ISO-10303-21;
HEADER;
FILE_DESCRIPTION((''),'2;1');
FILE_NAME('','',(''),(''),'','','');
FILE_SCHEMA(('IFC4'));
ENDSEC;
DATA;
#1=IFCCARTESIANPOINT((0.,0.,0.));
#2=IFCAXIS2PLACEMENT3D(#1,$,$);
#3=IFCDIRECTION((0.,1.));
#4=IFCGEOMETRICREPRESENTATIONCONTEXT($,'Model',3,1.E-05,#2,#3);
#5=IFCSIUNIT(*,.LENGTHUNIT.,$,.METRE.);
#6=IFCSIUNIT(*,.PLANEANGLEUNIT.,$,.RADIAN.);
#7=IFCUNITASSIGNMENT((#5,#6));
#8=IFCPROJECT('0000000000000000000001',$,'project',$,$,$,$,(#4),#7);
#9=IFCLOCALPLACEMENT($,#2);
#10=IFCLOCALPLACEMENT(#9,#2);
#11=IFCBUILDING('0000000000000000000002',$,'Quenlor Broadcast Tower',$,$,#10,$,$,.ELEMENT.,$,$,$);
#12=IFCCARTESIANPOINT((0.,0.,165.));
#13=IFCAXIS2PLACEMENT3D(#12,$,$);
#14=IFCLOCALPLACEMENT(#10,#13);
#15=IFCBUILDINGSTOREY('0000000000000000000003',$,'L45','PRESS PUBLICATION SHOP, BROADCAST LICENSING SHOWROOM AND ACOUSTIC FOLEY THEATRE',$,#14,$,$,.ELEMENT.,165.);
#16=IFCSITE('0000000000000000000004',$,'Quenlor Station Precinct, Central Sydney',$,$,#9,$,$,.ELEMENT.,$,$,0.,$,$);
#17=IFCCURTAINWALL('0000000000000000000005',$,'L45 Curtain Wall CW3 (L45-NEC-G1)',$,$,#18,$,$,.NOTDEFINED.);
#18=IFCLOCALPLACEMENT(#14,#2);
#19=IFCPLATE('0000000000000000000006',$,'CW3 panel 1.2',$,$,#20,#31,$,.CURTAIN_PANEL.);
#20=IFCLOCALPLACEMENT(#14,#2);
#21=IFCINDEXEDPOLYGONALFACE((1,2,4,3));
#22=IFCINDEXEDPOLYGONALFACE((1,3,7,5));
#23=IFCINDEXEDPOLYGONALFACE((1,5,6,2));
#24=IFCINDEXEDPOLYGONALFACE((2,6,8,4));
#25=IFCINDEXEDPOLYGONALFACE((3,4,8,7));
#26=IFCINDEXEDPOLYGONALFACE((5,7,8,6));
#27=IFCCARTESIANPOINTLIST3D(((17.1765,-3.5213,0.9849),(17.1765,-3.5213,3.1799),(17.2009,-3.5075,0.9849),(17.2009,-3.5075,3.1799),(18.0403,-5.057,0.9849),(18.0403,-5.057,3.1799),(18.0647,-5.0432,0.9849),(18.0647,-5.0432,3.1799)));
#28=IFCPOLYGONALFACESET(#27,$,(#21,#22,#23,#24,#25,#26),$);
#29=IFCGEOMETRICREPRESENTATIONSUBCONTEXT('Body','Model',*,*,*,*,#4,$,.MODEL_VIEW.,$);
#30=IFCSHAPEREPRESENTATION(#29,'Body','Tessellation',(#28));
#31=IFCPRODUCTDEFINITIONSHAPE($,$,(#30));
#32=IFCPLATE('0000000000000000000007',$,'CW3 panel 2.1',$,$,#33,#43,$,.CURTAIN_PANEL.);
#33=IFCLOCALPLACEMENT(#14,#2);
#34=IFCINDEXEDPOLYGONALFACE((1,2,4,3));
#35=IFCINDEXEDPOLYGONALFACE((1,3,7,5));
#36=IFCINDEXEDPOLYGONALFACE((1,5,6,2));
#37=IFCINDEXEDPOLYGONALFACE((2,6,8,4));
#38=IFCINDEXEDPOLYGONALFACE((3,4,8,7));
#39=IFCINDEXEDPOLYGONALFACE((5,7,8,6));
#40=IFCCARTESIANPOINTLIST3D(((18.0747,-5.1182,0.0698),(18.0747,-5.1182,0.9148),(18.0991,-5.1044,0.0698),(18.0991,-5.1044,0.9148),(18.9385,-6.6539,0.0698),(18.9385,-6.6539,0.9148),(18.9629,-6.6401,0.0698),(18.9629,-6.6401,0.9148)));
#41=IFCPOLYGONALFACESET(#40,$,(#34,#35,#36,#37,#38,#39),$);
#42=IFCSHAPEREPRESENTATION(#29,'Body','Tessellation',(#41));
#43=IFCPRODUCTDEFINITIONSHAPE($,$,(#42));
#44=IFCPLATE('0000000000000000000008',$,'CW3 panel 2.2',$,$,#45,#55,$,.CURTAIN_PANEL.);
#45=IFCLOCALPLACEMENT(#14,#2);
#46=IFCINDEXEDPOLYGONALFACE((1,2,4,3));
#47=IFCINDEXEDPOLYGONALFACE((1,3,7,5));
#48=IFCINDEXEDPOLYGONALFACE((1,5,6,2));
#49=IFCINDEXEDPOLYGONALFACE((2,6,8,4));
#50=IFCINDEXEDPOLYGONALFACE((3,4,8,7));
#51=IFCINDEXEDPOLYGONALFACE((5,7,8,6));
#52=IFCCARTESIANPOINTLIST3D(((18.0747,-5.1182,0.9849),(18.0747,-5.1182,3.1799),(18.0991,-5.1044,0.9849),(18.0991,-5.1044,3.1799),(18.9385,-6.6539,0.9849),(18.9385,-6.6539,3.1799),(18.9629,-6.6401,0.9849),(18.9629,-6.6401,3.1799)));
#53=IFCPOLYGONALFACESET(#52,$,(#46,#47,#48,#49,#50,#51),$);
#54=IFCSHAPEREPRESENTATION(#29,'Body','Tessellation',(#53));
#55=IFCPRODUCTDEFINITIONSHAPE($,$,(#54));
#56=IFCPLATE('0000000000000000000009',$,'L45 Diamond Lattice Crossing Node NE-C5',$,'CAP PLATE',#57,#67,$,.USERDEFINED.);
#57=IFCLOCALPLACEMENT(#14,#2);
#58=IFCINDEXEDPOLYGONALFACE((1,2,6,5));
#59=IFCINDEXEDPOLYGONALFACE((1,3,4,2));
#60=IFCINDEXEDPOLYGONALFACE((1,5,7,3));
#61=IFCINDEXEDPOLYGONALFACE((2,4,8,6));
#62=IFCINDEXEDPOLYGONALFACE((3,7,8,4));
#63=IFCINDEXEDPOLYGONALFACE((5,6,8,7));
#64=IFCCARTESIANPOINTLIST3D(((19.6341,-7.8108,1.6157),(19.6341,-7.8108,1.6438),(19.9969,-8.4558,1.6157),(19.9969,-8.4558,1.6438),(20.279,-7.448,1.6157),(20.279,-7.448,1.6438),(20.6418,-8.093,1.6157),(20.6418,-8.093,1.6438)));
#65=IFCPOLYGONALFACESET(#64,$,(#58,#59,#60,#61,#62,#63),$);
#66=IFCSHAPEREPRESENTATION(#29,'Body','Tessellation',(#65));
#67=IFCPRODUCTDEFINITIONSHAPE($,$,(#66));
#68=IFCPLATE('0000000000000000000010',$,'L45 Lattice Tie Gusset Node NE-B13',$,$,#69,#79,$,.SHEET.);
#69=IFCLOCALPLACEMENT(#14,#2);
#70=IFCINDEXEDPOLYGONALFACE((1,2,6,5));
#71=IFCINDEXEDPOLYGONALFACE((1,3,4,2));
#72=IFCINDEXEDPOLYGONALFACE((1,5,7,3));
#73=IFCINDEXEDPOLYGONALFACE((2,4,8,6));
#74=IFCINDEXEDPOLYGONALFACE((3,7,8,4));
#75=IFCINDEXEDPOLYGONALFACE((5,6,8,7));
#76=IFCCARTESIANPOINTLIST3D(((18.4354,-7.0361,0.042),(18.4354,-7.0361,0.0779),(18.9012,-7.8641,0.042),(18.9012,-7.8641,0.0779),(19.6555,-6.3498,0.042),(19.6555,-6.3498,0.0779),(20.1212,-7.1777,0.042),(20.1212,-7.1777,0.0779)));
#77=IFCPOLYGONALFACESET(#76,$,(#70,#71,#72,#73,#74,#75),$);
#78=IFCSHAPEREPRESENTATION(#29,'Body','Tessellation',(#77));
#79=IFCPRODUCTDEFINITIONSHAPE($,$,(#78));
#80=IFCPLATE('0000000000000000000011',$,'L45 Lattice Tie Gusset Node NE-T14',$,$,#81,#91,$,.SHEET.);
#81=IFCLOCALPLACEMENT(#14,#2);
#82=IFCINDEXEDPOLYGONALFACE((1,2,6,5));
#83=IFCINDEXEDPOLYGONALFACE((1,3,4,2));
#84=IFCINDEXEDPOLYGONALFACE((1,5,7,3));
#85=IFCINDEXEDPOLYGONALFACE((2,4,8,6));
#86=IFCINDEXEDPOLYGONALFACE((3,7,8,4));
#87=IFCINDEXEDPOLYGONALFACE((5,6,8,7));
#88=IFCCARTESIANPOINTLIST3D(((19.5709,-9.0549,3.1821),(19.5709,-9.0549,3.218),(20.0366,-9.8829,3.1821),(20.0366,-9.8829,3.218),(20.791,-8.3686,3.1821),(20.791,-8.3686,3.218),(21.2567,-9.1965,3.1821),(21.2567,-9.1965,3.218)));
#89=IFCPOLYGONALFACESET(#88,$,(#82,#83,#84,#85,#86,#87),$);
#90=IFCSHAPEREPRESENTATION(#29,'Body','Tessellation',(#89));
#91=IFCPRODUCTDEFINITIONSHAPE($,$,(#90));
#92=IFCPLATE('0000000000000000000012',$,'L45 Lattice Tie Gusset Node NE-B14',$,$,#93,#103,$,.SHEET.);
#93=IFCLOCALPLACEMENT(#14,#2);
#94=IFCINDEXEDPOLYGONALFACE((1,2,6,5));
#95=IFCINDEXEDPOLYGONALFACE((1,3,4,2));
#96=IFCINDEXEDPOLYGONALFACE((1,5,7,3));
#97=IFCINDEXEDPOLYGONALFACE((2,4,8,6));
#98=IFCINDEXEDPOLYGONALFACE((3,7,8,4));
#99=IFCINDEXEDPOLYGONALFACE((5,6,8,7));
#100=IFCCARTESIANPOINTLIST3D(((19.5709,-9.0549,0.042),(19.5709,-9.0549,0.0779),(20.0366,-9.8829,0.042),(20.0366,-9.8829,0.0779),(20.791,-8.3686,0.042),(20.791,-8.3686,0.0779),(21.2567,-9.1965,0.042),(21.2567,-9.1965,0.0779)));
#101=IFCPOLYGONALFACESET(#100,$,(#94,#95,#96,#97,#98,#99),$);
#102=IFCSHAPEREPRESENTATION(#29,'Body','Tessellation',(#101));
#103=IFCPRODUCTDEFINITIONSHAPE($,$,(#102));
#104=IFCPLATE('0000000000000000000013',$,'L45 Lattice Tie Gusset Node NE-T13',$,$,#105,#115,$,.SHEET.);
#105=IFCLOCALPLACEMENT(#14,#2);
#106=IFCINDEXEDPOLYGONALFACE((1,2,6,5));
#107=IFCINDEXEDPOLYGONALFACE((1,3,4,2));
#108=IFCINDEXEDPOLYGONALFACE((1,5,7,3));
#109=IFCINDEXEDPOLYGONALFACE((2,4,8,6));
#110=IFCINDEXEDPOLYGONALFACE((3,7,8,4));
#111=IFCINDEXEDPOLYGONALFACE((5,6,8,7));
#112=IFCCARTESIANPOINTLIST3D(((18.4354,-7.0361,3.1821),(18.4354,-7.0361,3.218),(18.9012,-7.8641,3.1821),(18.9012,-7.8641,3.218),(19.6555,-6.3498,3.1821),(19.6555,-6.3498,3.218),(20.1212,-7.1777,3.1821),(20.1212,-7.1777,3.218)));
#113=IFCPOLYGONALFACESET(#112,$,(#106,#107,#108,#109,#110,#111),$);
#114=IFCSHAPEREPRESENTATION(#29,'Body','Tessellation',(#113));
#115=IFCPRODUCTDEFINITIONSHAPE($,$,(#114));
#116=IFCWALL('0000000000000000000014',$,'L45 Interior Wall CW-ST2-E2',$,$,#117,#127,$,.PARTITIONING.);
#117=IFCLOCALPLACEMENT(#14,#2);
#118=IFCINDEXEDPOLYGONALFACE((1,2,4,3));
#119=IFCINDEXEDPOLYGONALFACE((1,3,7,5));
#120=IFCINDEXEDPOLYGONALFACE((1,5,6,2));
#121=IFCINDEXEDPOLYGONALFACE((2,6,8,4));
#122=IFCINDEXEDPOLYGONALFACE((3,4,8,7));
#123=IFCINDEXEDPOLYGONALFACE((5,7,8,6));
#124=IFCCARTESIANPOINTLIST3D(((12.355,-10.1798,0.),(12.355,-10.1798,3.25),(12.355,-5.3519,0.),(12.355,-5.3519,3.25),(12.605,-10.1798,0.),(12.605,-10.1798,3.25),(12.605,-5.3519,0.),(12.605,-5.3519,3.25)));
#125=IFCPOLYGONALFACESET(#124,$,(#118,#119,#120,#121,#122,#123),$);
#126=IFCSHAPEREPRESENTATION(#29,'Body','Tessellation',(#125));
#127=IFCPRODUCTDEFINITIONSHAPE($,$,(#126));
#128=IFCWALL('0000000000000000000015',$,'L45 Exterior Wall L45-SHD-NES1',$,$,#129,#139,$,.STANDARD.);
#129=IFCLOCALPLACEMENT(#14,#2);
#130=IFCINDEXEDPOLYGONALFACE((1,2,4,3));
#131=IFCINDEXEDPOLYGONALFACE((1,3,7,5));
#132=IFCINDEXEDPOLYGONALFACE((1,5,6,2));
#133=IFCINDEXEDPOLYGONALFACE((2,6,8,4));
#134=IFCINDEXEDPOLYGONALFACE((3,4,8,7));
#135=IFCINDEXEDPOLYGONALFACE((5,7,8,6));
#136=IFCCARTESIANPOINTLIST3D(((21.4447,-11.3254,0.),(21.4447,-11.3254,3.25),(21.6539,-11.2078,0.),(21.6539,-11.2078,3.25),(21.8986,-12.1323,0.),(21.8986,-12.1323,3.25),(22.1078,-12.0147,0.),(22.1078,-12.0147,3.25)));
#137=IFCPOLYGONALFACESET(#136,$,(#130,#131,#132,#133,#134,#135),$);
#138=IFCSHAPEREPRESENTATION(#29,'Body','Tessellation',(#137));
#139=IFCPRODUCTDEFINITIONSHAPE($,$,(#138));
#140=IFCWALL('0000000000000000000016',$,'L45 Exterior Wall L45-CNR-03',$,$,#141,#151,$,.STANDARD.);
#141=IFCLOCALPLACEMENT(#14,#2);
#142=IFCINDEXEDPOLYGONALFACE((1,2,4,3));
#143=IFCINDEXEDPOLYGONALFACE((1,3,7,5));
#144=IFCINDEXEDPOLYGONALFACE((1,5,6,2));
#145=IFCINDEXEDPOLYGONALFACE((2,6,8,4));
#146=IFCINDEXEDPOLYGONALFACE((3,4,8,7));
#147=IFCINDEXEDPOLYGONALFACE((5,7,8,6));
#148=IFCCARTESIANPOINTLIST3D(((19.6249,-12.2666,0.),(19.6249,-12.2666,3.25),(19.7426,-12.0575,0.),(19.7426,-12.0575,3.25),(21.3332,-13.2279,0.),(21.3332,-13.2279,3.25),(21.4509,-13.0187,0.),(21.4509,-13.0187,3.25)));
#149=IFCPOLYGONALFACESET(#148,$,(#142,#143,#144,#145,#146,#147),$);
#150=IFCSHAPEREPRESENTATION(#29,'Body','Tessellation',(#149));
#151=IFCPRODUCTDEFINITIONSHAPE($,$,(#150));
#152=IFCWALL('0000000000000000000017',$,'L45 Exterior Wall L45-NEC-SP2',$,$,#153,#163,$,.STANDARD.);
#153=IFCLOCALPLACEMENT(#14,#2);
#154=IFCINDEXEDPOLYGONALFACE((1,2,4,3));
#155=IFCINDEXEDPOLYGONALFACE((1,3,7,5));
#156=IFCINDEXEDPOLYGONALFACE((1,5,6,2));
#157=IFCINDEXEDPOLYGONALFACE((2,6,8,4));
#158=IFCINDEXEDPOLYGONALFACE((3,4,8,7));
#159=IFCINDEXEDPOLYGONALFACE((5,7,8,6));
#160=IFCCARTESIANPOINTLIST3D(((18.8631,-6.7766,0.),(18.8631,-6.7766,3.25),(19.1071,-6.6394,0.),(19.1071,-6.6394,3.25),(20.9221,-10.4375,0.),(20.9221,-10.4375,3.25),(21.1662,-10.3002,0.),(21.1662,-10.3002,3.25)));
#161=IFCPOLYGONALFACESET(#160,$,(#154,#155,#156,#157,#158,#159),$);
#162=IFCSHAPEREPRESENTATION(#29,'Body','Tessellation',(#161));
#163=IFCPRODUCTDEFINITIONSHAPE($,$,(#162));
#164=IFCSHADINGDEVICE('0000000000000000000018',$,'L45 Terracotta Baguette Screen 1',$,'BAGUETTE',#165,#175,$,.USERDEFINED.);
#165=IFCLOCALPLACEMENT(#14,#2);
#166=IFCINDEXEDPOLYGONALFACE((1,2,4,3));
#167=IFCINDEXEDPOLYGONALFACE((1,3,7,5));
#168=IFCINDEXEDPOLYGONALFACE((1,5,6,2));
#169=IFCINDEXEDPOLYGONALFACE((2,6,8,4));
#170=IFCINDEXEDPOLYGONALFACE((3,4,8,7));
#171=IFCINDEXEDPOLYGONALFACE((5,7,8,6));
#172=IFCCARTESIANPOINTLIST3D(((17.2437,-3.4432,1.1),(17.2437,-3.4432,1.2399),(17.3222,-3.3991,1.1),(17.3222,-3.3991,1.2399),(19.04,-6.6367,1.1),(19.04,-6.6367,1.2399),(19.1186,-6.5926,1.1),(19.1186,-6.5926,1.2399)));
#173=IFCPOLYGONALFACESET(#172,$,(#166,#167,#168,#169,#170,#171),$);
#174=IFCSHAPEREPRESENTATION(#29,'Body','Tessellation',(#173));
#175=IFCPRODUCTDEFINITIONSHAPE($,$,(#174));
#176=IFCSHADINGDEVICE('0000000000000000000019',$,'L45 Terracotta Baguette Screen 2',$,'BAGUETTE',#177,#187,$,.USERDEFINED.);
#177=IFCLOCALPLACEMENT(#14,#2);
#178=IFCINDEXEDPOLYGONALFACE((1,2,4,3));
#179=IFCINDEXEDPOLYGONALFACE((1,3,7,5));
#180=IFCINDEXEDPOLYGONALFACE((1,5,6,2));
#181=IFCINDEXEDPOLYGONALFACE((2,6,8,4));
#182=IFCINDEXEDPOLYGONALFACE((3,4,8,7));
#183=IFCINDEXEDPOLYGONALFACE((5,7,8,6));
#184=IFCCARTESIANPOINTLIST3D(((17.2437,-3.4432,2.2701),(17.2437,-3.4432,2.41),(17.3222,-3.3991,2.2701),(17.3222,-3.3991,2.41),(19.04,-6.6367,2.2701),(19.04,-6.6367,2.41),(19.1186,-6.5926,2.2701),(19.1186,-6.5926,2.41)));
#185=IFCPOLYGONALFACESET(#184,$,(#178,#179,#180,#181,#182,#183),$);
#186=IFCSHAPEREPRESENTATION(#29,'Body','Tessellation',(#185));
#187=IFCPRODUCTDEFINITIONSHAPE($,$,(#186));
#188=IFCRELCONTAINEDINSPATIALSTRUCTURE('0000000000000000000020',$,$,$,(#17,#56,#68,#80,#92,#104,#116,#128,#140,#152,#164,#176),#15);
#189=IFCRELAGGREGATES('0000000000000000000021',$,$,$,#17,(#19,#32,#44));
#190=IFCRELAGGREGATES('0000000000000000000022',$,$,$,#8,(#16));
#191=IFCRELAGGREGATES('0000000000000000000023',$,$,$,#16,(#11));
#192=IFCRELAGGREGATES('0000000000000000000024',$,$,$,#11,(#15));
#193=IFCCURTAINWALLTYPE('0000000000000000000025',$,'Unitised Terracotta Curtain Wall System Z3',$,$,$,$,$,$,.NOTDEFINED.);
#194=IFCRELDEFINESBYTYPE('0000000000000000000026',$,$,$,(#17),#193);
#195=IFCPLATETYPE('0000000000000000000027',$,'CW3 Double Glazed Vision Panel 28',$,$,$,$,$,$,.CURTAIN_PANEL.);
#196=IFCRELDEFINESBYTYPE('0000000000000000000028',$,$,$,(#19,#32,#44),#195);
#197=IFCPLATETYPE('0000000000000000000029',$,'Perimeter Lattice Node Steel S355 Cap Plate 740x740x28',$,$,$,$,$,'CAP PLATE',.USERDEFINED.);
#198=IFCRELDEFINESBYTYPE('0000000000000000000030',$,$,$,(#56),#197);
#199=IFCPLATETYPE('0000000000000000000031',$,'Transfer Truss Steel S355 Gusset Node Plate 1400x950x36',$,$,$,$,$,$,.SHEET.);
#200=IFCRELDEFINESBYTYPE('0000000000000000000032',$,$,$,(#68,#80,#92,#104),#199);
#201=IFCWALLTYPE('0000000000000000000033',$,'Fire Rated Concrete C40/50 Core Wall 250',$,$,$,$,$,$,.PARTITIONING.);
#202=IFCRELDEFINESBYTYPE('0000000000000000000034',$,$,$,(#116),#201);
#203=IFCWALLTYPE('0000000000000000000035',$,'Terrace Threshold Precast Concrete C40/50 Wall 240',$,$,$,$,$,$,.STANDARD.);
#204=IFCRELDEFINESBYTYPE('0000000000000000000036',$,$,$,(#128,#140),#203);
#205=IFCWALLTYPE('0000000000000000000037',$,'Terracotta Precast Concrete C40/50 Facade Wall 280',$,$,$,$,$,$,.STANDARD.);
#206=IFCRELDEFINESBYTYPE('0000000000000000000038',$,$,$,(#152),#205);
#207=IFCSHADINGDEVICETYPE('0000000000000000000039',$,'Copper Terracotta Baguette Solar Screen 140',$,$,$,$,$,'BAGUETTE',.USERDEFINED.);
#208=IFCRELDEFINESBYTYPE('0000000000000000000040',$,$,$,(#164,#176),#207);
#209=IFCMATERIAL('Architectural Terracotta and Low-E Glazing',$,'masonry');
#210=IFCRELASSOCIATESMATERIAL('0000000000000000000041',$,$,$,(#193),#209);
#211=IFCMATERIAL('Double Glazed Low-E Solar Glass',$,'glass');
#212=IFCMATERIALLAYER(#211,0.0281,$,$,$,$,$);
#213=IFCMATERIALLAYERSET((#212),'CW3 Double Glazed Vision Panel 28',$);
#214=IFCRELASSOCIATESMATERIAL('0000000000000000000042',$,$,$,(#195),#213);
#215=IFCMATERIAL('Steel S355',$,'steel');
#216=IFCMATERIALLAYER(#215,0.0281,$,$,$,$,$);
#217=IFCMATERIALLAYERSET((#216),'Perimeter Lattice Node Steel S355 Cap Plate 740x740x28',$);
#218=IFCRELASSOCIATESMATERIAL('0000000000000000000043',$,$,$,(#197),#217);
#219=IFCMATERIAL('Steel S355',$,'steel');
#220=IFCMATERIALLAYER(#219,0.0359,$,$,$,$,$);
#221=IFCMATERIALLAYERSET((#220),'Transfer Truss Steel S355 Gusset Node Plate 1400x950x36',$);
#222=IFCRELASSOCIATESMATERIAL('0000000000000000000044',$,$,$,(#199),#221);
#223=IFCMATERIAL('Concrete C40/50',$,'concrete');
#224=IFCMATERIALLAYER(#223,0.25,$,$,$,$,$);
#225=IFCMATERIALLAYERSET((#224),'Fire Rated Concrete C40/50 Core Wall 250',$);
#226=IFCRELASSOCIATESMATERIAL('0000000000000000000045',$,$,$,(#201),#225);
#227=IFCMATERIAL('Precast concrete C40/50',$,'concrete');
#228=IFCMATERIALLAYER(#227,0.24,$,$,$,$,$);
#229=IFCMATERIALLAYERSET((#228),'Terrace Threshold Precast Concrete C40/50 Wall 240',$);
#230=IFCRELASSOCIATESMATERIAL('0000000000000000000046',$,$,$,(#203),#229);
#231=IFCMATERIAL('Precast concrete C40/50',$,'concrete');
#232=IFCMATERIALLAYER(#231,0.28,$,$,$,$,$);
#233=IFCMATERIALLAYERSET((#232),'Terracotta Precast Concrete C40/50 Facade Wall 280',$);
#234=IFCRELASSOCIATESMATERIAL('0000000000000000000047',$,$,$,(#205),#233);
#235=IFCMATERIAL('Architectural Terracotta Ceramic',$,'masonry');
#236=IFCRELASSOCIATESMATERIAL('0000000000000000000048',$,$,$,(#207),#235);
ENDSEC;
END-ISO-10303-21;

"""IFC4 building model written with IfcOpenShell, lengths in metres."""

from ifc_helpers import new_model, si_unit, direction, frame, frame_2d, origin, origin_2d, place, context, subcontext, project, spatial, rectangle, extrude, material, layer, layer_set, material_profile, profile_set, type_object, element, aggregate, save


model = new_model("IFC4")

# Units and contexts
model_context = context("Model", 3, precision=1e-05, world=origin(), true_north=direction((0.0, 1.0)))
body_context = subcontext(model_context, "Body", "Model", "MODEL_VIEW")
ifc_project = project(units=[si_unit("LENGTHUNIT", "METRE"), si_unit("PLANEANGLEUNIT", "RADIAN")], contexts=[model_context])

# Site, building, storey
site_placement = place(None, origin())
site = spatial("IfcSite", under=ifc_project, at=site_placement, Name="Quenlor Station Precinct, Central Sydney", CompositionType="ELEMENT", RefElevation=0.0)
building_placement = place(site_placement, origin())
building = spatial("IfcBuilding", under=site, at=building_placement, Name="Quenlor Broadcast Tower", CompositionType="ELEMENT")
storey_placement = place(building_placement, frame((0.0, 0.0, 165.0)))
storey = spatial("IfcBuildingStorey", under=building, at=storey_placement, Name="L45", Description="PRESS PUBLICATION SHOP, BROADCAST LICENSING SHOWROOM AND ACOUSTIC FOLEY THEATRE", CompositionType="ELEMENT", Elevation=165.0)

# Curtain wall
ifc_material_1 = material(Name="Architectural Terracotta and Low-E Glazing", Category="masonry")
curtain_wall_type = type_object("IfcCurtainWallType", Name="Unitised Terracotta Curtain Wall System Z3", PredefinedType="NOTDEFINED", material=ifc_material_1)
curtain_wall_placement = place(storey_placement, origin())
curtain_wall = element("IfcCurtainWall", 1, at=curtain_wall_placement, inside=storey, type_object=curtain_wall_type, Name="L45 Curtain Wall CW3 (L45-NEC-G1)", PredefinedType="NOTDEFINED")

# Plates
ifc_material_2 = material(Name="Double Glazed Low-E Solar Glass", Category="glass")
ifc_layer_1 = layer(ifc_material_2, 0.0281)
ifc_layer_set_1 = layer_set([ifc_layer_1], Name="CW3 Double Glazed Vision Panel 28")
plate_type_1 = type_object("IfcPlateType", Name="CW3 Double Glazed Vision Panel 28", PredefinedType="CURTAIN_PANEL", material=ifc_layer_set_1)
plate_1_placement = place(storey_placement, frame((17.6206, -4.2822, 0.9849), z_axis=(0.0, 0.0, 1.0), x_axis=(0.490259, -0.871577, 0.0)))
plate_1 = element("IfcPlate", 2, at=plate_1_placement, type_object=plate_type_1, Name="CW3 panel 1.2", PredefinedType="CURTAIN_PANEL", context=body_context, shape_type="SweptSolid", body=[
    extrude(rectangle(XDim=1.762, YDim=0.0281, at=origin_2d()), origin(), (0.0, 0.0, 1.0), 2.1951),
])
plate_2_placement = place(storey_placement, frame((18.5188, -5.8792, 0.0698), z_axis=(0.0, 0.0, 1.0), x_axis=(0.490259, -0.871577, 0.0)))
plate_2 = element("IfcPlate", 3, at=plate_2_placement, type_object=plate_type_1, Name="CW3 panel 2.1", PredefinedType="CURTAIN_PANEL", context=body_context, shape_type="SweptSolid", body=[
    extrude(rectangle(XDim=1.762, YDim=0.0281, at=origin_2d()), origin(), (0.0, 0.0, 1.0), 0.845),
])
plate_3_placement = place(storey_placement, frame((18.5188, -5.8792, 0.9849), z_axis=(0.0, 0.0, 1.0), x_axis=(0.490259, -0.871577, 0.0)))
plate_3 = element("IfcPlate", 4, at=plate_3_placement, type_object=plate_type_1, Name="CW3 panel 2.2", PredefinedType="CURTAIN_PANEL", context=body_context, shape_type="SweptSolid", body=[
    extrude(rectangle(XDim=1.762, YDim=0.0281, at=origin_2d()), origin(), (0.0, 0.0, 1.0), 2.1951),
])
aggregate(curtain_wall, [plate_1, plate_2, plate_3])

# Plates
ifc_material_3 = material(Name="Steel S355", Category="steel")
ifc_layer_2 = layer(ifc_material_3, 0.0281)
ifc_layer_set_2 = layer_set([ifc_layer_2], Name="Perimeter Lattice Node Steel S355 Cap Plate 740x740x28")
plate_type_2 = type_object("IfcPlateType", Name="Perimeter Lattice Node Steel S355 Cap Plate 740x740x28", ElementType="CAP PLATE", PredefinedType="USERDEFINED", material=ifc_layer_set_2)
plate_4_placement = place(storey_placement, frame((20.1379, -7.9519, 1.6157), z_axis=(0.0, 0.0, 1.0), x_axis=(0.490295, -0.871556, 0.0)))
element("IfcPlate", 5, at=plate_4_placement, inside=storey, type_object=plate_type_2, Name="L45 Diamond Lattice Crossing Node NE-C5", ObjectType="CAP PLATE", PredefinedType="USERDEFINED", context=body_context, shape_type="SweptSolid", body=[
    extrude(rectangle(XDim=0.74, YDim=0.74, at=origin_2d()), origin(), (0.0, 0.0, 1.0), 0.0281),
])
ifc_material_4 = material(Name="Steel S355", Category="steel")
ifc_layer_3 = layer(ifc_material_4, 0.0359)
ifc_layer_set_3 = layer_set([ifc_layer_3], Name="Transfer Truss Steel S355 Gusset Node Plate 1400x950x36")
plate_type_3 = type_object("IfcPlateType", Name="Transfer Truss Steel S355 Gusset Node Plate 1400x950x36", PredefinedType="SHEET", material=ifc_layer_set_3)
for number, where, z_axis, x_axis, name in (
    (6, (19.2783, -7.1069, 0.042), (0.0, 0.0, 1.0), (0.871556, 0.490295, 0.0), "L45 Lattice Tie Gusset Node NE-B13"),
    (7, (20.4138, -9.1257, 3.1821), (0.0, 0.0, 1.0), (0.871556, 0.490295, 0.0), "L45 Lattice Tie Gusset Node NE-T14"),
    (8, (20.4138, -9.1257, 0.042), (0.0, 0.0, 1.0), (0.871556, 0.490295, 0.0), "L45 Lattice Tie Gusset Node NE-B14"),
    (9, (19.2783, -7.1069, 3.1821), (0.0, 0.0, 1.0), (0.871556, 0.490295, 0.0), "L45 Lattice Tie Gusset Node NE-T13"),
):
    element("IfcPlate", number, at=place(storey_placement, frame(where, z_axis=z_axis, x_axis=x_axis)), inside=storey, type_object=plate_type_3, Name=name, PredefinedType="SHEET", context=body_context, shape_type="SweptSolid", body=[
        extrude(rectangle(XDim=1.3999, YDim=0.95, at=origin_2d()), origin(), (0.0, 0.0, 1.0), 0.0359),
    ])

# Walls
ifc_material_5 = material(Name="Concrete C40/50", Category="concrete")
ifc_layer_4 = layer(ifc_material_5, 0.25)
ifc_layer_set_4 = layer_set([ifc_layer_4], Name="Fire Rated Concrete C40/50 Core Wall 250")
wall_type_1 = type_object("IfcWallType", Name="Fire Rated Concrete C40/50 Core Wall 250", PredefinedType="PARTITIONING", material=ifc_layer_set_4)
wall_1_placement = place(storey_placement, frame((12.48, -10.1799, 0.0), z_axis=(0.0, 0.0, 1.0), x_axis=(0.0, 1.0, 0.0)))
element("IfcWall", 10, at=wall_1_placement, inside=storey, type_object=wall_type_1, Name="L45 Interior Wall CW-ST2-E2", PredefinedType="PARTITIONING", context=body_context, shape_type="SweptSolid", body=[
    extrude(rectangle(XDim=4.8279, YDim=0.25, at=frame_2d((2.4141, 0.0))), origin(), (0.0, 0.0, 1.0), 3.25),
])
ifc_material_6 = material(Name="Precast concrete C40/50", Category="concrete")
ifc_layer_5 = layer(ifc_material_6, 0.24)
ifc_layer_set_5 = layer_set([ifc_layer_5], Name="Terrace Threshold Precast Concrete C40/50 Wall 240")
wall_type_2 = type_object("IfcWallType", Name="Terrace Threshold Precast Concrete C40/50 Wall 240", PredefinedType="STANDARD", material=ifc_layer_set_5)
wall_2_placement = place(storey_placement, frame((21.5493, -11.2666, 0.0), z_axis=(0.0, 0.0, 1.0), x_axis=(0.490249, -0.871583, 0.0)))
element("IfcWall", 11, at=wall_2_placement, inside=storey, type_object=wall_type_2, Name="L45 Exterior Wall L45-SHD-NES1", PredefinedType="STANDARD", context=body_context, shape_type="SweptSolid", body=[
    extrude(rectangle(XDim=0.9258, YDim=0.24, at=frame_2d((0.4629, 0.0))), origin(), (0.0, 0.0, 1.0), 3.25),
])
wall_3_placement = place(storey_placement, frame((19.6838, -12.1621, 0.0), z_axis=(0.0, 0.0, 1.0), x_axis=(0.871512, -0.490374, 0.0)))
element("IfcWall", 12, at=wall_3_placement, inside=storey, type_object=wall_type_2, Name="L45 Exterior Wall L45-CNR-03", PredefinedType="STANDARD", context=body_context, shape_type="SweptSolid", body=[
    extrude(rectangle(XDim=1.9602, YDim=0.24, at=frame_2d((0.98, 0.0))), origin(), (0.0, 0.0, 1.0), 3.25),
])
ifc_material_7 = material(Name="Precast concrete C40/50", Category="concrete")
ifc_layer_6 = layer(ifc_material_7, 0.28)
ifc_layer_set_6 = layer_set([ifc_layer_6], Name="Terracotta Precast Concrete C40/50 Facade Wall 280")
wall_type_3 = type_object("IfcWallType", Name="Terracotta Precast Concrete C40/50 Facade Wall 280", PredefinedType="STANDARD", material=ifc_layer_set_6)
wall_4_placement = place(storey_placement, frame((18.9851, -6.708, 0.0), z_axis=(0.0, 0.0, 1.0), x_axis=(0.490231, -0.871593, 0.0)))
element("IfcWall", 13, at=wall_4_placement, inside=storey, type_object=wall_type_3, Name="L45 Exterior Wall L45-NEC-SP2", PredefinedType="STANDARD", context=body_context, shape_type="SweptSolid", body=[
    extrude(rectangle(XDim=4.2002, YDim=0.28, at=frame_2d((2.1001, 0.0))), origin(), (0.0, 0.0, 1.0), 3.25),
])

# Shading devices
ifc_material_8 = material(Name="Architectural Terracotta Ceramic", Category="masonry")
ifc_material_profile_1 = material_profile(ifc_material_8, rectangle(XDim=0.0901, YDim=0.1399, at=origin_2d()))
ifc_profile_set_1 = profile_set([ifc_material_profile_1], Name="Architectural Terracotta Ceramic BAG90x140")
shading_device_type = type_object("IfcShadingDeviceType", Name="Copper Terracotta Baguette Solar Screen 140", ElementType="BAGUETTE", PredefinedType="USERDEFINED", material=ifc_profile_set_1)
for number, where, z_axis, x_axis, name in (
    (14, (17.283, -3.4211, 1.1699), (0.490258, -0.871577, 0.0), (0.871577, 0.490258, 0.0), "L45 Terracotta Baguette Screen 1"),
    (15, (17.283, -3.4211, 2.3401), (0.490258, -0.871577, 0.0), (0.871577, 0.490258, 0.0), "L45 Terracotta Baguette Screen 2"),
):
    element("IfcShadingDevice", number, at=place(storey_placement, frame(where, z_axis=z_axis, x_axis=x_axis)), inside=storey, type_object=shading_device_type, Name=name, ObjectType="BAGUETTE", PredefinedType="USERDEFINED", context=body_context, shape_type="SweptSolid", body=[
        extrude(rectangle(XDim=0.0901, YDim=0.1399, at=origin_2d()), origin(), (0.0, 0.0, 1.0), 3.6641),
    ])

save(model, "model.ifc")
